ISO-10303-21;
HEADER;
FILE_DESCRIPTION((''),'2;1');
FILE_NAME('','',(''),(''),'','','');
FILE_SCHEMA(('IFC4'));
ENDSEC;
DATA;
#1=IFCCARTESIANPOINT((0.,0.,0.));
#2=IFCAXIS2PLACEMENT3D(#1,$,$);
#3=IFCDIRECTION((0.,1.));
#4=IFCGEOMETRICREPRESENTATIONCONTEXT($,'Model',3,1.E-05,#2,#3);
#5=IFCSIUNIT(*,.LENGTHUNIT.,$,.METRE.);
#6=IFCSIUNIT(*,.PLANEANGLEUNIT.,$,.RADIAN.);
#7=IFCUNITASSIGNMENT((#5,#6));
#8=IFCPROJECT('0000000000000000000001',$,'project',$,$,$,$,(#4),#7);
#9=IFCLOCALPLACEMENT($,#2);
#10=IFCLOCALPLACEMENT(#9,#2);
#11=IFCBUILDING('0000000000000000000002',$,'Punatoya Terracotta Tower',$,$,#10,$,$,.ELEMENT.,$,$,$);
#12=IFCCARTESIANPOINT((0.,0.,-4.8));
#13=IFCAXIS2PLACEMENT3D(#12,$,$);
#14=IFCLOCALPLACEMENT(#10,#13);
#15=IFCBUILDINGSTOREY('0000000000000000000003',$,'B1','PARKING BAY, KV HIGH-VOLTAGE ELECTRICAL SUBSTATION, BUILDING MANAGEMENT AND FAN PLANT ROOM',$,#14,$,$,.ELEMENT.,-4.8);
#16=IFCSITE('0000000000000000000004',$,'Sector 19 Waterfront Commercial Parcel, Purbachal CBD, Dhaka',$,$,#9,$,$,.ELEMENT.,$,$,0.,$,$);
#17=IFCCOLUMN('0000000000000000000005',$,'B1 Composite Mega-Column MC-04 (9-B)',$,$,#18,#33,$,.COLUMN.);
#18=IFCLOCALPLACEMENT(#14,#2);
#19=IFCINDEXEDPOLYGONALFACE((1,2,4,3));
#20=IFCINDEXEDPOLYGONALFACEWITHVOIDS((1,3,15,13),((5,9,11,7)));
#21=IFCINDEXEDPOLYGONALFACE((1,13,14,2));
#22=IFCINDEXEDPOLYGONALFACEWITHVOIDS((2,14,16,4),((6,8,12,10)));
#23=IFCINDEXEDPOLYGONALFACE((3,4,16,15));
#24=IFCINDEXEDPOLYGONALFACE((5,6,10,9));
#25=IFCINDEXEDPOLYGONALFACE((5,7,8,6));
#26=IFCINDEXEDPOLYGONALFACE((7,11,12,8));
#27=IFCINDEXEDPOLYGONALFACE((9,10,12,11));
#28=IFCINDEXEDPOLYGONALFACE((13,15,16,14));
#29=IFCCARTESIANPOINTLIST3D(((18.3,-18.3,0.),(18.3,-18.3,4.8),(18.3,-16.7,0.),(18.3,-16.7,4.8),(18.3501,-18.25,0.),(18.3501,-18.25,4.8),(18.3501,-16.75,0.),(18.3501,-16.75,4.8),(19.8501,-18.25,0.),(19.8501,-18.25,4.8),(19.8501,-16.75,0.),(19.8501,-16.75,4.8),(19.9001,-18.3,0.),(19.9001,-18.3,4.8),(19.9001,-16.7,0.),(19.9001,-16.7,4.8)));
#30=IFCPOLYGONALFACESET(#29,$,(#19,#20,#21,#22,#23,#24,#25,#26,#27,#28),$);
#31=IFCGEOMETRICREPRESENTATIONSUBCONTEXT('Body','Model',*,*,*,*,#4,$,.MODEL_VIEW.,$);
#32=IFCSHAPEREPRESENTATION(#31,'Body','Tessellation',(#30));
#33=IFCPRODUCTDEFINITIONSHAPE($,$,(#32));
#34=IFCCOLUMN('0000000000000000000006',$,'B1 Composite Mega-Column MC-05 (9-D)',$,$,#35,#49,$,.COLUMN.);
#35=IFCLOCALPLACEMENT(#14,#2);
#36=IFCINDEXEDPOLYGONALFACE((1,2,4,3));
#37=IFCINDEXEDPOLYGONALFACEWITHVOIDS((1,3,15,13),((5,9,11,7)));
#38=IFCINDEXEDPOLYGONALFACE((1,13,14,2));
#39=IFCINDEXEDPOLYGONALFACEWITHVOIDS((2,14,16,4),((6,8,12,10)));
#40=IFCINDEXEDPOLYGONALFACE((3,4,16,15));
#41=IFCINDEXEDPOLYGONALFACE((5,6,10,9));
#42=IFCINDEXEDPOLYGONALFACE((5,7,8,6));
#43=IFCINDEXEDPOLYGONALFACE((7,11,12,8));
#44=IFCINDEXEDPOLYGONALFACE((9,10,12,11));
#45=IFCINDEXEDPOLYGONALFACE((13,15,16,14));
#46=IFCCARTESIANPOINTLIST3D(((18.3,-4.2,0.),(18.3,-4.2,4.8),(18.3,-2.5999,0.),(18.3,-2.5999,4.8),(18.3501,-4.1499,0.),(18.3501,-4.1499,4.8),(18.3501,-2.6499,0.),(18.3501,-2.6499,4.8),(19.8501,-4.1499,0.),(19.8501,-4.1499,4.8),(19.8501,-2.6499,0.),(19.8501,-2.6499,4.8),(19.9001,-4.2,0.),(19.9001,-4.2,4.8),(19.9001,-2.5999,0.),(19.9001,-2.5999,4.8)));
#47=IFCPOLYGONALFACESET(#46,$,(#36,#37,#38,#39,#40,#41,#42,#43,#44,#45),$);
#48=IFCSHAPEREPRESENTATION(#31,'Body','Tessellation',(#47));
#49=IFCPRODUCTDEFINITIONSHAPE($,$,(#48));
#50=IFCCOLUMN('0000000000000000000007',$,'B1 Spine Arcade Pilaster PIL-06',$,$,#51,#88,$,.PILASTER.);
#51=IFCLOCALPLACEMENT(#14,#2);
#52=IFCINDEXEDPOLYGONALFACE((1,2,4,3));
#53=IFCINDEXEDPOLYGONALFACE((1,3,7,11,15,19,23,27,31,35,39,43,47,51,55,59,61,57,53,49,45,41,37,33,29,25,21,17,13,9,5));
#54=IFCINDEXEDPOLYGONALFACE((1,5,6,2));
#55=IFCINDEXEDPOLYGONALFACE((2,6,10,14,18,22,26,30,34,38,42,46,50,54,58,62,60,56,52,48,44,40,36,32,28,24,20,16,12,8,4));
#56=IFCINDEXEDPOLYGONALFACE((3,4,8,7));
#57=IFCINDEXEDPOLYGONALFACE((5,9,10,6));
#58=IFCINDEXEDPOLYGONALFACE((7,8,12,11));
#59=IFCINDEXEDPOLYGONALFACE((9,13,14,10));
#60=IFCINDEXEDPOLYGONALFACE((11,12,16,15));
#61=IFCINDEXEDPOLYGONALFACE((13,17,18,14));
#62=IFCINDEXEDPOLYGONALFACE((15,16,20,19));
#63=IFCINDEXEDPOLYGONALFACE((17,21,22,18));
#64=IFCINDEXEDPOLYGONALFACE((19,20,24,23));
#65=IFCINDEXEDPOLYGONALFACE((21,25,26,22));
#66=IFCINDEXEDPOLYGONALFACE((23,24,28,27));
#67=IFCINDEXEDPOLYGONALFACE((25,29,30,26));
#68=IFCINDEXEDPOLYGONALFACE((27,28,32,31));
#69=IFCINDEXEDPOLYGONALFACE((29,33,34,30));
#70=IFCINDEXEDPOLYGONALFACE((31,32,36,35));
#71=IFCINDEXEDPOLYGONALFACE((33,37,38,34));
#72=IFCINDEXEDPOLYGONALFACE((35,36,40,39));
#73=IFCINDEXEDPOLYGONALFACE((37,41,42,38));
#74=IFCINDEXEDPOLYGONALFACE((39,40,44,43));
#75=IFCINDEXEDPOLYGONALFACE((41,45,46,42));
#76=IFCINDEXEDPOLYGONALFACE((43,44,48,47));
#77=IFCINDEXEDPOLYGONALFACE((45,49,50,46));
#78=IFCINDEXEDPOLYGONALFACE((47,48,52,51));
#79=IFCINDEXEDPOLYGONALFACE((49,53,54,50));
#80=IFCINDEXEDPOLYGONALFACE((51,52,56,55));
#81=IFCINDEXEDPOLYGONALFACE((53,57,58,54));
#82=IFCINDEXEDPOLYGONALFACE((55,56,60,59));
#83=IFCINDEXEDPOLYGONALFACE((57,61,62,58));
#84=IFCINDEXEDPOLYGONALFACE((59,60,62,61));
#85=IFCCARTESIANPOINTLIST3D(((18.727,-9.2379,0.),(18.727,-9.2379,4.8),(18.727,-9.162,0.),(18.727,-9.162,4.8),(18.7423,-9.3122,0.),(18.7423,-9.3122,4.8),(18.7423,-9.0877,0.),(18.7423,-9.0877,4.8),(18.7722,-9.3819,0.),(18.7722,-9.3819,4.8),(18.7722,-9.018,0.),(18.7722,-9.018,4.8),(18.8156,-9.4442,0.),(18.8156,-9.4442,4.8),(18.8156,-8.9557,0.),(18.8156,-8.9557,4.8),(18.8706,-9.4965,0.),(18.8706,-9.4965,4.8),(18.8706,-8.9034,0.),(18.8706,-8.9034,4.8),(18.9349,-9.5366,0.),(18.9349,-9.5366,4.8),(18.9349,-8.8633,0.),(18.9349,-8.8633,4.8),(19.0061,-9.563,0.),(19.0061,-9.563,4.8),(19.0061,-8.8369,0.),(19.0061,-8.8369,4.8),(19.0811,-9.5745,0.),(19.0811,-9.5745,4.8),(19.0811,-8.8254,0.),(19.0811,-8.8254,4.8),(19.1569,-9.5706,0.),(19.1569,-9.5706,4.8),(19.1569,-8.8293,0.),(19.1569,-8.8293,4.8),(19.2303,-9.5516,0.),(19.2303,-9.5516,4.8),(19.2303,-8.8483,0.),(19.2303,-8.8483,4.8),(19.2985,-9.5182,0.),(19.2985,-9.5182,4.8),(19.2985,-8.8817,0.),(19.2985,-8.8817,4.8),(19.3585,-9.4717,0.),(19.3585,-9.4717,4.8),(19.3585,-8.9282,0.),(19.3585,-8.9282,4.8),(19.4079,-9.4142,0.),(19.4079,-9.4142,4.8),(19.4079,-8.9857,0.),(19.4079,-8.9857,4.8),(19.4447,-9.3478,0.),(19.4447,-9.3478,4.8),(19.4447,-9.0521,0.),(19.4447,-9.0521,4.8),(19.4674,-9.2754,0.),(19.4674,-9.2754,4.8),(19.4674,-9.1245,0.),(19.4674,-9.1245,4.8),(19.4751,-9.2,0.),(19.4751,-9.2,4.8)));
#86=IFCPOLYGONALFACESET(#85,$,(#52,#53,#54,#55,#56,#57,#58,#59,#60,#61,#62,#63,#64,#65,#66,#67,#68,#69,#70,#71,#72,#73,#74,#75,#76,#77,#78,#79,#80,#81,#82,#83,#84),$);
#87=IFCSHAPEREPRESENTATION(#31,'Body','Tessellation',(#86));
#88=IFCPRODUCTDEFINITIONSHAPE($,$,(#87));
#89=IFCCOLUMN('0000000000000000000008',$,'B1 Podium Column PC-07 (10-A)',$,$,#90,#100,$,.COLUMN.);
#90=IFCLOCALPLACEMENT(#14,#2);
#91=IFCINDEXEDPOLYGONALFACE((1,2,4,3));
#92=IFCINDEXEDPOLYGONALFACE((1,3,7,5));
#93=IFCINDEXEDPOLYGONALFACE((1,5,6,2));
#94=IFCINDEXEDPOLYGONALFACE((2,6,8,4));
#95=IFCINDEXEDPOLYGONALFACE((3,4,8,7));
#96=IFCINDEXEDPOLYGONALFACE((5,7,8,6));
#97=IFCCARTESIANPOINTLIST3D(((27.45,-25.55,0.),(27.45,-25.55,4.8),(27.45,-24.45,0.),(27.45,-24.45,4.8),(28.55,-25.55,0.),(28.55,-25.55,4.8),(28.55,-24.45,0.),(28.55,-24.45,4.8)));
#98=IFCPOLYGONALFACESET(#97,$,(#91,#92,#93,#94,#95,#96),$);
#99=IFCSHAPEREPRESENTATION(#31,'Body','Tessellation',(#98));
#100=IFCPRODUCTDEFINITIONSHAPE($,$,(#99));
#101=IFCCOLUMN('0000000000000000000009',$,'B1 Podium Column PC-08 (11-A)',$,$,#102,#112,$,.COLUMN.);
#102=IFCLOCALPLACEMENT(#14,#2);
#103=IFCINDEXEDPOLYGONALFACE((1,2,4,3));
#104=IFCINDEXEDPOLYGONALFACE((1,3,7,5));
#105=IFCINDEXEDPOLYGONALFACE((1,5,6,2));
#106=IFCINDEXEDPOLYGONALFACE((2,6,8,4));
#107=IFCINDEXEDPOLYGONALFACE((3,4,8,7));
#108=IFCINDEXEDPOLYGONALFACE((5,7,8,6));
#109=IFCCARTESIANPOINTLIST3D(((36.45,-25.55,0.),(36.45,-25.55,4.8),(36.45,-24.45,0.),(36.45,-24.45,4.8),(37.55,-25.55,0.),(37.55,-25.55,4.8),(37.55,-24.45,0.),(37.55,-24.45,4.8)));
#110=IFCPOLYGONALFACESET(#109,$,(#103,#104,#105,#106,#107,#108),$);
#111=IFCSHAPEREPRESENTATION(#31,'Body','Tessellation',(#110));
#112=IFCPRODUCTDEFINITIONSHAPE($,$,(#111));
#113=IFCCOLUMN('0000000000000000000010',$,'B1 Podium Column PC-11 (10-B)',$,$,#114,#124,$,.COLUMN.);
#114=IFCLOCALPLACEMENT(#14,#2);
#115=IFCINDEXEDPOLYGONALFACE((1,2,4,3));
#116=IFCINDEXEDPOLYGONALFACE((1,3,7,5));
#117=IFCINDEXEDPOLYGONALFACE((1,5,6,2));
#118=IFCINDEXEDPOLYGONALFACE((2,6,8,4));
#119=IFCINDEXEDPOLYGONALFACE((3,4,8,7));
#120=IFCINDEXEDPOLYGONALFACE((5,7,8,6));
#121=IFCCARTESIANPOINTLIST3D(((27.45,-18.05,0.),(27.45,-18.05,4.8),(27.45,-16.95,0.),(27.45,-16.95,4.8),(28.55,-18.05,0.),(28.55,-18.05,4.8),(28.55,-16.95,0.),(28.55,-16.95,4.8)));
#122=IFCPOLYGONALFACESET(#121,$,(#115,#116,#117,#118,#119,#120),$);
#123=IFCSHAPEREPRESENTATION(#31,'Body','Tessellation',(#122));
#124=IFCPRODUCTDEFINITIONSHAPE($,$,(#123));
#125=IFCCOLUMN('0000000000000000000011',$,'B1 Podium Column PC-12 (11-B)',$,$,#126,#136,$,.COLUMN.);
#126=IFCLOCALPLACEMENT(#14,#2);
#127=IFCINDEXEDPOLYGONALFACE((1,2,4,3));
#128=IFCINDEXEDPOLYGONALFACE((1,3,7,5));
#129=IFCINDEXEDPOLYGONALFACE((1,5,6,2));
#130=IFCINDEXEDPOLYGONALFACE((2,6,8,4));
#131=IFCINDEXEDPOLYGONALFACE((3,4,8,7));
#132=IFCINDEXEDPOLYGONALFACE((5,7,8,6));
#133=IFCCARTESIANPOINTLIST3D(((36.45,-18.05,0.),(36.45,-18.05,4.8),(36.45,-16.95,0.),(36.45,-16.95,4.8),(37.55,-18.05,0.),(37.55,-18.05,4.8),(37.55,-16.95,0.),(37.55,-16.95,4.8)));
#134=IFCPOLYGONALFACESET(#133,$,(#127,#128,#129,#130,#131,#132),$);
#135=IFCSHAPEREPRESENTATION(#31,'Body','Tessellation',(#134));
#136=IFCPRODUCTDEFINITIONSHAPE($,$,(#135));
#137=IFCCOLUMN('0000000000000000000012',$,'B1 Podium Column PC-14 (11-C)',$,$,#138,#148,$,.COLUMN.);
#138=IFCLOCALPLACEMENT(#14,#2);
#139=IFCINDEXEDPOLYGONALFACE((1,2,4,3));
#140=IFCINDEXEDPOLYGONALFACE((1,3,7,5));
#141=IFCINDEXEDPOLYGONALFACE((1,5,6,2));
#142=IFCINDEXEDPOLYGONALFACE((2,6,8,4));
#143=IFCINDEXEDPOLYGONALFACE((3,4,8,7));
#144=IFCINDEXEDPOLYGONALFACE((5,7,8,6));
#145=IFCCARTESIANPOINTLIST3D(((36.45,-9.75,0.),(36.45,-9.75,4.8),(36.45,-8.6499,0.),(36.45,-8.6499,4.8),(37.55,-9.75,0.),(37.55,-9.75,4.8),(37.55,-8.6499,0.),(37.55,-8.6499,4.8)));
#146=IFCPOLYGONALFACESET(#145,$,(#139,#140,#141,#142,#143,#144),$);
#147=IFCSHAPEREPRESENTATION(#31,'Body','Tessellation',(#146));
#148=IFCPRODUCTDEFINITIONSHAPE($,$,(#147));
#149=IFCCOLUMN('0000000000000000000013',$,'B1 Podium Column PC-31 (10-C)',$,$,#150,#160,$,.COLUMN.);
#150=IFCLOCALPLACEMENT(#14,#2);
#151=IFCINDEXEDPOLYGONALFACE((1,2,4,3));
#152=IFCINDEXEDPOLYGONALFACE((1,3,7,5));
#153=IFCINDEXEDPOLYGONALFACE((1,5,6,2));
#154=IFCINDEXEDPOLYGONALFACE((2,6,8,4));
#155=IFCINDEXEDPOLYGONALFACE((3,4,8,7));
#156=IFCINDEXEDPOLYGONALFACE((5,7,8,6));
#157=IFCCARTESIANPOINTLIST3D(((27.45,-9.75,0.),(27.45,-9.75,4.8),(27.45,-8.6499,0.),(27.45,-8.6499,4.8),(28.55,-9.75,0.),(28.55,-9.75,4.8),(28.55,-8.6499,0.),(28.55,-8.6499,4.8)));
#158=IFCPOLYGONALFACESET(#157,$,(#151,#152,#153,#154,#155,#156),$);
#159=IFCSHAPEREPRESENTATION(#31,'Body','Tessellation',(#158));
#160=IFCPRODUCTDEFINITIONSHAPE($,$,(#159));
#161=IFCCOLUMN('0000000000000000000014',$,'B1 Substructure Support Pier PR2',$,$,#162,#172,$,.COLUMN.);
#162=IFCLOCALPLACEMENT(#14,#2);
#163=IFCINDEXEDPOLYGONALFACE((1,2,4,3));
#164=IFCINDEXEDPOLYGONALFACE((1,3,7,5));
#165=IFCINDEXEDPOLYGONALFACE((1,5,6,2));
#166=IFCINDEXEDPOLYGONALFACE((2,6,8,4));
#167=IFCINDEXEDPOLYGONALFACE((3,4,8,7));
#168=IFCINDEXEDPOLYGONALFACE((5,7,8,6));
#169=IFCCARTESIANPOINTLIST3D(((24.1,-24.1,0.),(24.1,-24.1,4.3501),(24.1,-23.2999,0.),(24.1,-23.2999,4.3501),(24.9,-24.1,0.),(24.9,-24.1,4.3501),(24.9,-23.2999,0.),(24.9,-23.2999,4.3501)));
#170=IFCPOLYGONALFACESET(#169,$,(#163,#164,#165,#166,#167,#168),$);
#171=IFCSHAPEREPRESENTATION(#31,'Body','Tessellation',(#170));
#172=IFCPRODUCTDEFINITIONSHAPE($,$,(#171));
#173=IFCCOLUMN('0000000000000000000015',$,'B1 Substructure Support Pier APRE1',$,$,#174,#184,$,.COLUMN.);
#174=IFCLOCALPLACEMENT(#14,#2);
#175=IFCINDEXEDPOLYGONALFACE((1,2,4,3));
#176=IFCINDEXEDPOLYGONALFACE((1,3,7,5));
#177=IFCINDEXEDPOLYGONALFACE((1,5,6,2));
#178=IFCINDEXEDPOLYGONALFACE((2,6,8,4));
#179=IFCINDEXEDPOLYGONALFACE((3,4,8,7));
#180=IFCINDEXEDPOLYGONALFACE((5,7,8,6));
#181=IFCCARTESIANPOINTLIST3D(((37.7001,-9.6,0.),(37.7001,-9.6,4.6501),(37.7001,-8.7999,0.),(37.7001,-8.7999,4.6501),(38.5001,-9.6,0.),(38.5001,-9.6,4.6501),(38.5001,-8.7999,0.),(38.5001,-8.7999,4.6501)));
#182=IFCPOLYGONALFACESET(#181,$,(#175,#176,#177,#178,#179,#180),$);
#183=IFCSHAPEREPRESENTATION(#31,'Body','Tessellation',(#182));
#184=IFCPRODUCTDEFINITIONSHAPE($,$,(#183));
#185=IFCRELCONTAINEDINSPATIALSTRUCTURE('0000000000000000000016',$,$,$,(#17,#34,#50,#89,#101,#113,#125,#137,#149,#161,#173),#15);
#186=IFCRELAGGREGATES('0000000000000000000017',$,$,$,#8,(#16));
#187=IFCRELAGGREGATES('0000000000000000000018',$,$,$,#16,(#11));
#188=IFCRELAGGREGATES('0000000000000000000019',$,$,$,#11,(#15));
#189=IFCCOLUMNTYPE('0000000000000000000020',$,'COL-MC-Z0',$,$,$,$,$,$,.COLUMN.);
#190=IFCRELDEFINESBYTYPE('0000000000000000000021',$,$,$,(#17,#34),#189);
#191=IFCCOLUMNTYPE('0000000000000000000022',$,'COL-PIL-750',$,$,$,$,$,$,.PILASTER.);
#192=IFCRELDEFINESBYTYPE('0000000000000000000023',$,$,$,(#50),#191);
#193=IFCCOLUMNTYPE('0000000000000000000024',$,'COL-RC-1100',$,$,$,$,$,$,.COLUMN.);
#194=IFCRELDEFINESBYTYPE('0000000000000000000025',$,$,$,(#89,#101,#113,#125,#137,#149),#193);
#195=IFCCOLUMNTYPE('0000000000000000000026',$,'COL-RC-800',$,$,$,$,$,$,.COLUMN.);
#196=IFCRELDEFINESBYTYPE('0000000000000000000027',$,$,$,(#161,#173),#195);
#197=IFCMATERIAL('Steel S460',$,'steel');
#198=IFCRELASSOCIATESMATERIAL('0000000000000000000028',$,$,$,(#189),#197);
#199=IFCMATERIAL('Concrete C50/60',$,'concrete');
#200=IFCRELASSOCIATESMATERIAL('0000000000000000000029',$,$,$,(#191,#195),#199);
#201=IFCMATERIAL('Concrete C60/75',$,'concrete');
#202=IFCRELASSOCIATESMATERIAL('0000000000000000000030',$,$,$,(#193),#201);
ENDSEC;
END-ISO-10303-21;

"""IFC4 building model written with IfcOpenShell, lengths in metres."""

from ifc_helpers import new_model, si_unit, direction, frame, origin, origin_2d, place, context, subcontext, project, spatial, rectangle, hollow_rectangle, circle, extrude, material, material_profile, profile_set, type_object, element, save


model = new_model("IFC4")

# Units and contexts
model_context = context("Model", 3, precision=1e-05, world=origin(), true_north=direction((0.0, 1.0)))
body_context = subcontext(model_context, "Body", "Model", "MODEL_VIEW")
ifc_project = project(units=[si_unit("LENGTHUNIT", "METRE"), si_unit("PLANEANGLEUNIT", "RADIAN")], contexts=[model_context])

# Site, building, storey
site_placement = place(None, origin())
site = spatial("IfcSite", under=ifc_project, at=site_placement, Name="Sector 19 Waterfront Commercial Parcel, Purbachal CBD, Dhaka", CompositionType="ELEMENT", RefElevation=0.0)
building_placement = place(site_placement, origin())
building = spatial("IfcBuilding", under=site, at=building_placement, Name="Punatoya Terracotta Tower", CompositionType="ELEMENT")
storey_placement = place(building_placement, frame((0.0, 0.0, -4.8)))
storey = spatial("IfcBuildingStorey", under=building, at=storey_placement, Name="B1", Description="PARKING BAY, KV HIGH-VOLTAGE ELECTRICAL SUBSTATION, BUILDING MANAGEMENT AND FAN PLANT ROOM", CompositionType="ELEMENT", Elevation=-4.8)

# Columns
ifc_material_1 = material(Name="Steel S460", Category="steel")
ifc_material_profile_1 = material_profile(ifc_material_1, hollow_rectangle(XDim=1.6001, YDim=1.6001, WallThickness=0.05, at=origin_2d()))
ifc_profile_set_1 = profile_set([ifc_material_profile_1], Name="Steel S460")
column_type_1 = type_object("IfcColumnType", Name="COL-MC-Z0", PredefinedType="COLUMN", material=ifc_profile_set_1)
for number, where, z_axis, x_axis, name in (
    (1, (19.1001, -17.5, 0.0), (0.0, 0.0, 1.0), (1.0, 0.0, 0.0), "B1 Composite Mega-Column MC-04 (9-B)"),
    (2, (19.1001, -3.3999, 0.0), (0.0, 0.0, 1.0), (1.0, 0.0, 0.0), "B1 Composite Mega-Column MC-05 (9-D)"),
):
    element("IfcColumn", number, at=place(storey_placement, frame(where, z_axis=z_axis, x_axis=x_axis)), inside=storey, type_object=column_type_1, Name=name, PredefinedType="COLUMN", context=body_context, shape_type="SweptSolid", body=[
        extrude(hollow_rectangle(XDim=1.6001, YDim=1.6001, WallThickness=0.05, at=origin_2d()), origin(), (0.0, 0.0, 1.0), 4.8),
    ])
ifc_material_2 = material(Name="Concrete C50/60", Category="concrete")
ifc_material_profile_2 = material_profile(ifc_material_2, circle(Radius=0.375, at=origin_2d()))
ifc_profile_set_2 = profile_set([ifc_material_profile_2], Name="Concrete C50/60")
column_type_2 = type_object("IfcColumnType", Name="COL-PIL-750", PredefinedType="PILASTER", material=ifc_profile_set_2)
column_1_placement = place(storey_placement, frame((19.1001, -9.2, 0.0), z_axis=(0.0, 0.0, 1.0), x_axis=(1.0, 0.0, 0.0)))
element("IfcColumn", 3, at=column_1_placement, inside=storey, type_object=column_type_2, Name="B1 Spine Arcade Pilaster PIL-06", PredefinedType="PILASTER", context=body_context, shape_type="SweptSolid", body=[
    extrude(circle(Radius=0.375, at=origin_2d()), origin(), (0.0, 0.0, 1.0), 4.8),
])
ifc_material_3 = material(Name="Concrete C60/75", Category="concrete")
ifc_material_profile_3 = material_profile(ifc_material_3, rectangle(XDim=1.1001, YDim=1.1001, at=origin_2d()))
ifc_profile_set_3 = profile_set([ifc_material_profile_3], Name="Concrete C60/75")
column_type_3 = type_object("IfcColumnType", Name="COL-RC-1100", PredefinedType="COLUMN", material=ifc_profile_set_3)
for number, where, z_axis, x_axis, name in (
    (4, (28.0, -25.0, 0.0), (0.0, 0.0, 1.0), (1.0, 0.0, 0.0), "B1 Podium Column PC-07 (10-A)"),
    (5, (37.0, -25.0, 0.0), (0.0, 0.0, 1.0), (1.0, 0.0, 0.0), "B1 Podium Column PC-08 (11-A)"),
    (6, (28.0, -17.5, 0.0), (0.0, 0.0, 1.0), (1.0, 0.0, 0.0), "B1 Podium Column PC-11 (10-B)"),
    (7, (37.0, -17.5, 0.0), (0.0, 0.0, 1.0), (1.0, 0.0, 0.0), "B1 Podium Column PC-12 (11-B)"),
    (8, (37.0, -9.2, 0.0), (0.0, 0.0, 1.0), (1.0, 0.0, 0.0), "B1 Podium Column PC-14 (11-C)"),
    (9, (28.0, -9.2, 0.0), (0.0, 0.0, 1.0), (1.0, 0.0, 0.0), "B1 Podium Column PC-31 (10-C)"),
):
    element("IfcColumn", number, at=place(storey_placement, frame(where, z_axis=z_axis, x_axis=x_axis)), inside=storey, type_object=column_type_3, Name=name, PredefinedType="COLUMN", context=body_context, shape_type="SweptSolid", body=[
        extrude(rectangle(XDim=1.1001, YDim=1.1001, at=origin_2d()), origin(), (0.0, 0.0, 1.0), 4.8),
    ])
ifc_material_profile_4 = material_profile(ifc_material_2, rectangle(XDim=0.8, YDim=0.8, at=origin_2d()))
ifc_profile_set_4 = profile_set([ifc_material_profile_4], Name="Concrete C50/60")
column_type_4 = type_object("IfcColumnType", Name="COL-RC-800", PredefinedType="COLUMN", material=ifc_profile_set_4)
column_2_placement = place(storey_placement, frame((24.5, -23.7, 0.0), z_axis=(0.0, 0.0, 1.0), x_axis=(1.0, 0.0, 0.0)))
element("IfcColumn", 10, at=column_2_placement, inside=storey, type_object=column_type_4, Name="B1 Substructure Support Pier PR2", PredefinedType="COLUMN", context=body_context, shape_type="SweptSolid", body=[
    extrude(rectangle(XDim=0.8, YDim=0.8, at=origin_2d()), origin(), (0.0, 0.0, 1.0), 4.3501),
])
column_3_placement = place(storey_placement, frame((38.1001, -9.2, 0.0), z_axis=(0.0, 0.0, 1.0), x_axis=(1.0, 0.0, 0.0)))
element("IfcColumn", 11, at=column_3_placement, inside=storey, type_object=column_type_4, Name="B1 Substructure Support Pier APRE1", PredefinedType="COLUMN", context=body_context, shape_type="SweptSolid", body=[
    extrude(rectangle(XDim=0.8, YDim=0.8, at=origin_2d()), origin(), (0.0, 0.0, 1.0), 4.6501),
])

save(model, "model.ifc")
